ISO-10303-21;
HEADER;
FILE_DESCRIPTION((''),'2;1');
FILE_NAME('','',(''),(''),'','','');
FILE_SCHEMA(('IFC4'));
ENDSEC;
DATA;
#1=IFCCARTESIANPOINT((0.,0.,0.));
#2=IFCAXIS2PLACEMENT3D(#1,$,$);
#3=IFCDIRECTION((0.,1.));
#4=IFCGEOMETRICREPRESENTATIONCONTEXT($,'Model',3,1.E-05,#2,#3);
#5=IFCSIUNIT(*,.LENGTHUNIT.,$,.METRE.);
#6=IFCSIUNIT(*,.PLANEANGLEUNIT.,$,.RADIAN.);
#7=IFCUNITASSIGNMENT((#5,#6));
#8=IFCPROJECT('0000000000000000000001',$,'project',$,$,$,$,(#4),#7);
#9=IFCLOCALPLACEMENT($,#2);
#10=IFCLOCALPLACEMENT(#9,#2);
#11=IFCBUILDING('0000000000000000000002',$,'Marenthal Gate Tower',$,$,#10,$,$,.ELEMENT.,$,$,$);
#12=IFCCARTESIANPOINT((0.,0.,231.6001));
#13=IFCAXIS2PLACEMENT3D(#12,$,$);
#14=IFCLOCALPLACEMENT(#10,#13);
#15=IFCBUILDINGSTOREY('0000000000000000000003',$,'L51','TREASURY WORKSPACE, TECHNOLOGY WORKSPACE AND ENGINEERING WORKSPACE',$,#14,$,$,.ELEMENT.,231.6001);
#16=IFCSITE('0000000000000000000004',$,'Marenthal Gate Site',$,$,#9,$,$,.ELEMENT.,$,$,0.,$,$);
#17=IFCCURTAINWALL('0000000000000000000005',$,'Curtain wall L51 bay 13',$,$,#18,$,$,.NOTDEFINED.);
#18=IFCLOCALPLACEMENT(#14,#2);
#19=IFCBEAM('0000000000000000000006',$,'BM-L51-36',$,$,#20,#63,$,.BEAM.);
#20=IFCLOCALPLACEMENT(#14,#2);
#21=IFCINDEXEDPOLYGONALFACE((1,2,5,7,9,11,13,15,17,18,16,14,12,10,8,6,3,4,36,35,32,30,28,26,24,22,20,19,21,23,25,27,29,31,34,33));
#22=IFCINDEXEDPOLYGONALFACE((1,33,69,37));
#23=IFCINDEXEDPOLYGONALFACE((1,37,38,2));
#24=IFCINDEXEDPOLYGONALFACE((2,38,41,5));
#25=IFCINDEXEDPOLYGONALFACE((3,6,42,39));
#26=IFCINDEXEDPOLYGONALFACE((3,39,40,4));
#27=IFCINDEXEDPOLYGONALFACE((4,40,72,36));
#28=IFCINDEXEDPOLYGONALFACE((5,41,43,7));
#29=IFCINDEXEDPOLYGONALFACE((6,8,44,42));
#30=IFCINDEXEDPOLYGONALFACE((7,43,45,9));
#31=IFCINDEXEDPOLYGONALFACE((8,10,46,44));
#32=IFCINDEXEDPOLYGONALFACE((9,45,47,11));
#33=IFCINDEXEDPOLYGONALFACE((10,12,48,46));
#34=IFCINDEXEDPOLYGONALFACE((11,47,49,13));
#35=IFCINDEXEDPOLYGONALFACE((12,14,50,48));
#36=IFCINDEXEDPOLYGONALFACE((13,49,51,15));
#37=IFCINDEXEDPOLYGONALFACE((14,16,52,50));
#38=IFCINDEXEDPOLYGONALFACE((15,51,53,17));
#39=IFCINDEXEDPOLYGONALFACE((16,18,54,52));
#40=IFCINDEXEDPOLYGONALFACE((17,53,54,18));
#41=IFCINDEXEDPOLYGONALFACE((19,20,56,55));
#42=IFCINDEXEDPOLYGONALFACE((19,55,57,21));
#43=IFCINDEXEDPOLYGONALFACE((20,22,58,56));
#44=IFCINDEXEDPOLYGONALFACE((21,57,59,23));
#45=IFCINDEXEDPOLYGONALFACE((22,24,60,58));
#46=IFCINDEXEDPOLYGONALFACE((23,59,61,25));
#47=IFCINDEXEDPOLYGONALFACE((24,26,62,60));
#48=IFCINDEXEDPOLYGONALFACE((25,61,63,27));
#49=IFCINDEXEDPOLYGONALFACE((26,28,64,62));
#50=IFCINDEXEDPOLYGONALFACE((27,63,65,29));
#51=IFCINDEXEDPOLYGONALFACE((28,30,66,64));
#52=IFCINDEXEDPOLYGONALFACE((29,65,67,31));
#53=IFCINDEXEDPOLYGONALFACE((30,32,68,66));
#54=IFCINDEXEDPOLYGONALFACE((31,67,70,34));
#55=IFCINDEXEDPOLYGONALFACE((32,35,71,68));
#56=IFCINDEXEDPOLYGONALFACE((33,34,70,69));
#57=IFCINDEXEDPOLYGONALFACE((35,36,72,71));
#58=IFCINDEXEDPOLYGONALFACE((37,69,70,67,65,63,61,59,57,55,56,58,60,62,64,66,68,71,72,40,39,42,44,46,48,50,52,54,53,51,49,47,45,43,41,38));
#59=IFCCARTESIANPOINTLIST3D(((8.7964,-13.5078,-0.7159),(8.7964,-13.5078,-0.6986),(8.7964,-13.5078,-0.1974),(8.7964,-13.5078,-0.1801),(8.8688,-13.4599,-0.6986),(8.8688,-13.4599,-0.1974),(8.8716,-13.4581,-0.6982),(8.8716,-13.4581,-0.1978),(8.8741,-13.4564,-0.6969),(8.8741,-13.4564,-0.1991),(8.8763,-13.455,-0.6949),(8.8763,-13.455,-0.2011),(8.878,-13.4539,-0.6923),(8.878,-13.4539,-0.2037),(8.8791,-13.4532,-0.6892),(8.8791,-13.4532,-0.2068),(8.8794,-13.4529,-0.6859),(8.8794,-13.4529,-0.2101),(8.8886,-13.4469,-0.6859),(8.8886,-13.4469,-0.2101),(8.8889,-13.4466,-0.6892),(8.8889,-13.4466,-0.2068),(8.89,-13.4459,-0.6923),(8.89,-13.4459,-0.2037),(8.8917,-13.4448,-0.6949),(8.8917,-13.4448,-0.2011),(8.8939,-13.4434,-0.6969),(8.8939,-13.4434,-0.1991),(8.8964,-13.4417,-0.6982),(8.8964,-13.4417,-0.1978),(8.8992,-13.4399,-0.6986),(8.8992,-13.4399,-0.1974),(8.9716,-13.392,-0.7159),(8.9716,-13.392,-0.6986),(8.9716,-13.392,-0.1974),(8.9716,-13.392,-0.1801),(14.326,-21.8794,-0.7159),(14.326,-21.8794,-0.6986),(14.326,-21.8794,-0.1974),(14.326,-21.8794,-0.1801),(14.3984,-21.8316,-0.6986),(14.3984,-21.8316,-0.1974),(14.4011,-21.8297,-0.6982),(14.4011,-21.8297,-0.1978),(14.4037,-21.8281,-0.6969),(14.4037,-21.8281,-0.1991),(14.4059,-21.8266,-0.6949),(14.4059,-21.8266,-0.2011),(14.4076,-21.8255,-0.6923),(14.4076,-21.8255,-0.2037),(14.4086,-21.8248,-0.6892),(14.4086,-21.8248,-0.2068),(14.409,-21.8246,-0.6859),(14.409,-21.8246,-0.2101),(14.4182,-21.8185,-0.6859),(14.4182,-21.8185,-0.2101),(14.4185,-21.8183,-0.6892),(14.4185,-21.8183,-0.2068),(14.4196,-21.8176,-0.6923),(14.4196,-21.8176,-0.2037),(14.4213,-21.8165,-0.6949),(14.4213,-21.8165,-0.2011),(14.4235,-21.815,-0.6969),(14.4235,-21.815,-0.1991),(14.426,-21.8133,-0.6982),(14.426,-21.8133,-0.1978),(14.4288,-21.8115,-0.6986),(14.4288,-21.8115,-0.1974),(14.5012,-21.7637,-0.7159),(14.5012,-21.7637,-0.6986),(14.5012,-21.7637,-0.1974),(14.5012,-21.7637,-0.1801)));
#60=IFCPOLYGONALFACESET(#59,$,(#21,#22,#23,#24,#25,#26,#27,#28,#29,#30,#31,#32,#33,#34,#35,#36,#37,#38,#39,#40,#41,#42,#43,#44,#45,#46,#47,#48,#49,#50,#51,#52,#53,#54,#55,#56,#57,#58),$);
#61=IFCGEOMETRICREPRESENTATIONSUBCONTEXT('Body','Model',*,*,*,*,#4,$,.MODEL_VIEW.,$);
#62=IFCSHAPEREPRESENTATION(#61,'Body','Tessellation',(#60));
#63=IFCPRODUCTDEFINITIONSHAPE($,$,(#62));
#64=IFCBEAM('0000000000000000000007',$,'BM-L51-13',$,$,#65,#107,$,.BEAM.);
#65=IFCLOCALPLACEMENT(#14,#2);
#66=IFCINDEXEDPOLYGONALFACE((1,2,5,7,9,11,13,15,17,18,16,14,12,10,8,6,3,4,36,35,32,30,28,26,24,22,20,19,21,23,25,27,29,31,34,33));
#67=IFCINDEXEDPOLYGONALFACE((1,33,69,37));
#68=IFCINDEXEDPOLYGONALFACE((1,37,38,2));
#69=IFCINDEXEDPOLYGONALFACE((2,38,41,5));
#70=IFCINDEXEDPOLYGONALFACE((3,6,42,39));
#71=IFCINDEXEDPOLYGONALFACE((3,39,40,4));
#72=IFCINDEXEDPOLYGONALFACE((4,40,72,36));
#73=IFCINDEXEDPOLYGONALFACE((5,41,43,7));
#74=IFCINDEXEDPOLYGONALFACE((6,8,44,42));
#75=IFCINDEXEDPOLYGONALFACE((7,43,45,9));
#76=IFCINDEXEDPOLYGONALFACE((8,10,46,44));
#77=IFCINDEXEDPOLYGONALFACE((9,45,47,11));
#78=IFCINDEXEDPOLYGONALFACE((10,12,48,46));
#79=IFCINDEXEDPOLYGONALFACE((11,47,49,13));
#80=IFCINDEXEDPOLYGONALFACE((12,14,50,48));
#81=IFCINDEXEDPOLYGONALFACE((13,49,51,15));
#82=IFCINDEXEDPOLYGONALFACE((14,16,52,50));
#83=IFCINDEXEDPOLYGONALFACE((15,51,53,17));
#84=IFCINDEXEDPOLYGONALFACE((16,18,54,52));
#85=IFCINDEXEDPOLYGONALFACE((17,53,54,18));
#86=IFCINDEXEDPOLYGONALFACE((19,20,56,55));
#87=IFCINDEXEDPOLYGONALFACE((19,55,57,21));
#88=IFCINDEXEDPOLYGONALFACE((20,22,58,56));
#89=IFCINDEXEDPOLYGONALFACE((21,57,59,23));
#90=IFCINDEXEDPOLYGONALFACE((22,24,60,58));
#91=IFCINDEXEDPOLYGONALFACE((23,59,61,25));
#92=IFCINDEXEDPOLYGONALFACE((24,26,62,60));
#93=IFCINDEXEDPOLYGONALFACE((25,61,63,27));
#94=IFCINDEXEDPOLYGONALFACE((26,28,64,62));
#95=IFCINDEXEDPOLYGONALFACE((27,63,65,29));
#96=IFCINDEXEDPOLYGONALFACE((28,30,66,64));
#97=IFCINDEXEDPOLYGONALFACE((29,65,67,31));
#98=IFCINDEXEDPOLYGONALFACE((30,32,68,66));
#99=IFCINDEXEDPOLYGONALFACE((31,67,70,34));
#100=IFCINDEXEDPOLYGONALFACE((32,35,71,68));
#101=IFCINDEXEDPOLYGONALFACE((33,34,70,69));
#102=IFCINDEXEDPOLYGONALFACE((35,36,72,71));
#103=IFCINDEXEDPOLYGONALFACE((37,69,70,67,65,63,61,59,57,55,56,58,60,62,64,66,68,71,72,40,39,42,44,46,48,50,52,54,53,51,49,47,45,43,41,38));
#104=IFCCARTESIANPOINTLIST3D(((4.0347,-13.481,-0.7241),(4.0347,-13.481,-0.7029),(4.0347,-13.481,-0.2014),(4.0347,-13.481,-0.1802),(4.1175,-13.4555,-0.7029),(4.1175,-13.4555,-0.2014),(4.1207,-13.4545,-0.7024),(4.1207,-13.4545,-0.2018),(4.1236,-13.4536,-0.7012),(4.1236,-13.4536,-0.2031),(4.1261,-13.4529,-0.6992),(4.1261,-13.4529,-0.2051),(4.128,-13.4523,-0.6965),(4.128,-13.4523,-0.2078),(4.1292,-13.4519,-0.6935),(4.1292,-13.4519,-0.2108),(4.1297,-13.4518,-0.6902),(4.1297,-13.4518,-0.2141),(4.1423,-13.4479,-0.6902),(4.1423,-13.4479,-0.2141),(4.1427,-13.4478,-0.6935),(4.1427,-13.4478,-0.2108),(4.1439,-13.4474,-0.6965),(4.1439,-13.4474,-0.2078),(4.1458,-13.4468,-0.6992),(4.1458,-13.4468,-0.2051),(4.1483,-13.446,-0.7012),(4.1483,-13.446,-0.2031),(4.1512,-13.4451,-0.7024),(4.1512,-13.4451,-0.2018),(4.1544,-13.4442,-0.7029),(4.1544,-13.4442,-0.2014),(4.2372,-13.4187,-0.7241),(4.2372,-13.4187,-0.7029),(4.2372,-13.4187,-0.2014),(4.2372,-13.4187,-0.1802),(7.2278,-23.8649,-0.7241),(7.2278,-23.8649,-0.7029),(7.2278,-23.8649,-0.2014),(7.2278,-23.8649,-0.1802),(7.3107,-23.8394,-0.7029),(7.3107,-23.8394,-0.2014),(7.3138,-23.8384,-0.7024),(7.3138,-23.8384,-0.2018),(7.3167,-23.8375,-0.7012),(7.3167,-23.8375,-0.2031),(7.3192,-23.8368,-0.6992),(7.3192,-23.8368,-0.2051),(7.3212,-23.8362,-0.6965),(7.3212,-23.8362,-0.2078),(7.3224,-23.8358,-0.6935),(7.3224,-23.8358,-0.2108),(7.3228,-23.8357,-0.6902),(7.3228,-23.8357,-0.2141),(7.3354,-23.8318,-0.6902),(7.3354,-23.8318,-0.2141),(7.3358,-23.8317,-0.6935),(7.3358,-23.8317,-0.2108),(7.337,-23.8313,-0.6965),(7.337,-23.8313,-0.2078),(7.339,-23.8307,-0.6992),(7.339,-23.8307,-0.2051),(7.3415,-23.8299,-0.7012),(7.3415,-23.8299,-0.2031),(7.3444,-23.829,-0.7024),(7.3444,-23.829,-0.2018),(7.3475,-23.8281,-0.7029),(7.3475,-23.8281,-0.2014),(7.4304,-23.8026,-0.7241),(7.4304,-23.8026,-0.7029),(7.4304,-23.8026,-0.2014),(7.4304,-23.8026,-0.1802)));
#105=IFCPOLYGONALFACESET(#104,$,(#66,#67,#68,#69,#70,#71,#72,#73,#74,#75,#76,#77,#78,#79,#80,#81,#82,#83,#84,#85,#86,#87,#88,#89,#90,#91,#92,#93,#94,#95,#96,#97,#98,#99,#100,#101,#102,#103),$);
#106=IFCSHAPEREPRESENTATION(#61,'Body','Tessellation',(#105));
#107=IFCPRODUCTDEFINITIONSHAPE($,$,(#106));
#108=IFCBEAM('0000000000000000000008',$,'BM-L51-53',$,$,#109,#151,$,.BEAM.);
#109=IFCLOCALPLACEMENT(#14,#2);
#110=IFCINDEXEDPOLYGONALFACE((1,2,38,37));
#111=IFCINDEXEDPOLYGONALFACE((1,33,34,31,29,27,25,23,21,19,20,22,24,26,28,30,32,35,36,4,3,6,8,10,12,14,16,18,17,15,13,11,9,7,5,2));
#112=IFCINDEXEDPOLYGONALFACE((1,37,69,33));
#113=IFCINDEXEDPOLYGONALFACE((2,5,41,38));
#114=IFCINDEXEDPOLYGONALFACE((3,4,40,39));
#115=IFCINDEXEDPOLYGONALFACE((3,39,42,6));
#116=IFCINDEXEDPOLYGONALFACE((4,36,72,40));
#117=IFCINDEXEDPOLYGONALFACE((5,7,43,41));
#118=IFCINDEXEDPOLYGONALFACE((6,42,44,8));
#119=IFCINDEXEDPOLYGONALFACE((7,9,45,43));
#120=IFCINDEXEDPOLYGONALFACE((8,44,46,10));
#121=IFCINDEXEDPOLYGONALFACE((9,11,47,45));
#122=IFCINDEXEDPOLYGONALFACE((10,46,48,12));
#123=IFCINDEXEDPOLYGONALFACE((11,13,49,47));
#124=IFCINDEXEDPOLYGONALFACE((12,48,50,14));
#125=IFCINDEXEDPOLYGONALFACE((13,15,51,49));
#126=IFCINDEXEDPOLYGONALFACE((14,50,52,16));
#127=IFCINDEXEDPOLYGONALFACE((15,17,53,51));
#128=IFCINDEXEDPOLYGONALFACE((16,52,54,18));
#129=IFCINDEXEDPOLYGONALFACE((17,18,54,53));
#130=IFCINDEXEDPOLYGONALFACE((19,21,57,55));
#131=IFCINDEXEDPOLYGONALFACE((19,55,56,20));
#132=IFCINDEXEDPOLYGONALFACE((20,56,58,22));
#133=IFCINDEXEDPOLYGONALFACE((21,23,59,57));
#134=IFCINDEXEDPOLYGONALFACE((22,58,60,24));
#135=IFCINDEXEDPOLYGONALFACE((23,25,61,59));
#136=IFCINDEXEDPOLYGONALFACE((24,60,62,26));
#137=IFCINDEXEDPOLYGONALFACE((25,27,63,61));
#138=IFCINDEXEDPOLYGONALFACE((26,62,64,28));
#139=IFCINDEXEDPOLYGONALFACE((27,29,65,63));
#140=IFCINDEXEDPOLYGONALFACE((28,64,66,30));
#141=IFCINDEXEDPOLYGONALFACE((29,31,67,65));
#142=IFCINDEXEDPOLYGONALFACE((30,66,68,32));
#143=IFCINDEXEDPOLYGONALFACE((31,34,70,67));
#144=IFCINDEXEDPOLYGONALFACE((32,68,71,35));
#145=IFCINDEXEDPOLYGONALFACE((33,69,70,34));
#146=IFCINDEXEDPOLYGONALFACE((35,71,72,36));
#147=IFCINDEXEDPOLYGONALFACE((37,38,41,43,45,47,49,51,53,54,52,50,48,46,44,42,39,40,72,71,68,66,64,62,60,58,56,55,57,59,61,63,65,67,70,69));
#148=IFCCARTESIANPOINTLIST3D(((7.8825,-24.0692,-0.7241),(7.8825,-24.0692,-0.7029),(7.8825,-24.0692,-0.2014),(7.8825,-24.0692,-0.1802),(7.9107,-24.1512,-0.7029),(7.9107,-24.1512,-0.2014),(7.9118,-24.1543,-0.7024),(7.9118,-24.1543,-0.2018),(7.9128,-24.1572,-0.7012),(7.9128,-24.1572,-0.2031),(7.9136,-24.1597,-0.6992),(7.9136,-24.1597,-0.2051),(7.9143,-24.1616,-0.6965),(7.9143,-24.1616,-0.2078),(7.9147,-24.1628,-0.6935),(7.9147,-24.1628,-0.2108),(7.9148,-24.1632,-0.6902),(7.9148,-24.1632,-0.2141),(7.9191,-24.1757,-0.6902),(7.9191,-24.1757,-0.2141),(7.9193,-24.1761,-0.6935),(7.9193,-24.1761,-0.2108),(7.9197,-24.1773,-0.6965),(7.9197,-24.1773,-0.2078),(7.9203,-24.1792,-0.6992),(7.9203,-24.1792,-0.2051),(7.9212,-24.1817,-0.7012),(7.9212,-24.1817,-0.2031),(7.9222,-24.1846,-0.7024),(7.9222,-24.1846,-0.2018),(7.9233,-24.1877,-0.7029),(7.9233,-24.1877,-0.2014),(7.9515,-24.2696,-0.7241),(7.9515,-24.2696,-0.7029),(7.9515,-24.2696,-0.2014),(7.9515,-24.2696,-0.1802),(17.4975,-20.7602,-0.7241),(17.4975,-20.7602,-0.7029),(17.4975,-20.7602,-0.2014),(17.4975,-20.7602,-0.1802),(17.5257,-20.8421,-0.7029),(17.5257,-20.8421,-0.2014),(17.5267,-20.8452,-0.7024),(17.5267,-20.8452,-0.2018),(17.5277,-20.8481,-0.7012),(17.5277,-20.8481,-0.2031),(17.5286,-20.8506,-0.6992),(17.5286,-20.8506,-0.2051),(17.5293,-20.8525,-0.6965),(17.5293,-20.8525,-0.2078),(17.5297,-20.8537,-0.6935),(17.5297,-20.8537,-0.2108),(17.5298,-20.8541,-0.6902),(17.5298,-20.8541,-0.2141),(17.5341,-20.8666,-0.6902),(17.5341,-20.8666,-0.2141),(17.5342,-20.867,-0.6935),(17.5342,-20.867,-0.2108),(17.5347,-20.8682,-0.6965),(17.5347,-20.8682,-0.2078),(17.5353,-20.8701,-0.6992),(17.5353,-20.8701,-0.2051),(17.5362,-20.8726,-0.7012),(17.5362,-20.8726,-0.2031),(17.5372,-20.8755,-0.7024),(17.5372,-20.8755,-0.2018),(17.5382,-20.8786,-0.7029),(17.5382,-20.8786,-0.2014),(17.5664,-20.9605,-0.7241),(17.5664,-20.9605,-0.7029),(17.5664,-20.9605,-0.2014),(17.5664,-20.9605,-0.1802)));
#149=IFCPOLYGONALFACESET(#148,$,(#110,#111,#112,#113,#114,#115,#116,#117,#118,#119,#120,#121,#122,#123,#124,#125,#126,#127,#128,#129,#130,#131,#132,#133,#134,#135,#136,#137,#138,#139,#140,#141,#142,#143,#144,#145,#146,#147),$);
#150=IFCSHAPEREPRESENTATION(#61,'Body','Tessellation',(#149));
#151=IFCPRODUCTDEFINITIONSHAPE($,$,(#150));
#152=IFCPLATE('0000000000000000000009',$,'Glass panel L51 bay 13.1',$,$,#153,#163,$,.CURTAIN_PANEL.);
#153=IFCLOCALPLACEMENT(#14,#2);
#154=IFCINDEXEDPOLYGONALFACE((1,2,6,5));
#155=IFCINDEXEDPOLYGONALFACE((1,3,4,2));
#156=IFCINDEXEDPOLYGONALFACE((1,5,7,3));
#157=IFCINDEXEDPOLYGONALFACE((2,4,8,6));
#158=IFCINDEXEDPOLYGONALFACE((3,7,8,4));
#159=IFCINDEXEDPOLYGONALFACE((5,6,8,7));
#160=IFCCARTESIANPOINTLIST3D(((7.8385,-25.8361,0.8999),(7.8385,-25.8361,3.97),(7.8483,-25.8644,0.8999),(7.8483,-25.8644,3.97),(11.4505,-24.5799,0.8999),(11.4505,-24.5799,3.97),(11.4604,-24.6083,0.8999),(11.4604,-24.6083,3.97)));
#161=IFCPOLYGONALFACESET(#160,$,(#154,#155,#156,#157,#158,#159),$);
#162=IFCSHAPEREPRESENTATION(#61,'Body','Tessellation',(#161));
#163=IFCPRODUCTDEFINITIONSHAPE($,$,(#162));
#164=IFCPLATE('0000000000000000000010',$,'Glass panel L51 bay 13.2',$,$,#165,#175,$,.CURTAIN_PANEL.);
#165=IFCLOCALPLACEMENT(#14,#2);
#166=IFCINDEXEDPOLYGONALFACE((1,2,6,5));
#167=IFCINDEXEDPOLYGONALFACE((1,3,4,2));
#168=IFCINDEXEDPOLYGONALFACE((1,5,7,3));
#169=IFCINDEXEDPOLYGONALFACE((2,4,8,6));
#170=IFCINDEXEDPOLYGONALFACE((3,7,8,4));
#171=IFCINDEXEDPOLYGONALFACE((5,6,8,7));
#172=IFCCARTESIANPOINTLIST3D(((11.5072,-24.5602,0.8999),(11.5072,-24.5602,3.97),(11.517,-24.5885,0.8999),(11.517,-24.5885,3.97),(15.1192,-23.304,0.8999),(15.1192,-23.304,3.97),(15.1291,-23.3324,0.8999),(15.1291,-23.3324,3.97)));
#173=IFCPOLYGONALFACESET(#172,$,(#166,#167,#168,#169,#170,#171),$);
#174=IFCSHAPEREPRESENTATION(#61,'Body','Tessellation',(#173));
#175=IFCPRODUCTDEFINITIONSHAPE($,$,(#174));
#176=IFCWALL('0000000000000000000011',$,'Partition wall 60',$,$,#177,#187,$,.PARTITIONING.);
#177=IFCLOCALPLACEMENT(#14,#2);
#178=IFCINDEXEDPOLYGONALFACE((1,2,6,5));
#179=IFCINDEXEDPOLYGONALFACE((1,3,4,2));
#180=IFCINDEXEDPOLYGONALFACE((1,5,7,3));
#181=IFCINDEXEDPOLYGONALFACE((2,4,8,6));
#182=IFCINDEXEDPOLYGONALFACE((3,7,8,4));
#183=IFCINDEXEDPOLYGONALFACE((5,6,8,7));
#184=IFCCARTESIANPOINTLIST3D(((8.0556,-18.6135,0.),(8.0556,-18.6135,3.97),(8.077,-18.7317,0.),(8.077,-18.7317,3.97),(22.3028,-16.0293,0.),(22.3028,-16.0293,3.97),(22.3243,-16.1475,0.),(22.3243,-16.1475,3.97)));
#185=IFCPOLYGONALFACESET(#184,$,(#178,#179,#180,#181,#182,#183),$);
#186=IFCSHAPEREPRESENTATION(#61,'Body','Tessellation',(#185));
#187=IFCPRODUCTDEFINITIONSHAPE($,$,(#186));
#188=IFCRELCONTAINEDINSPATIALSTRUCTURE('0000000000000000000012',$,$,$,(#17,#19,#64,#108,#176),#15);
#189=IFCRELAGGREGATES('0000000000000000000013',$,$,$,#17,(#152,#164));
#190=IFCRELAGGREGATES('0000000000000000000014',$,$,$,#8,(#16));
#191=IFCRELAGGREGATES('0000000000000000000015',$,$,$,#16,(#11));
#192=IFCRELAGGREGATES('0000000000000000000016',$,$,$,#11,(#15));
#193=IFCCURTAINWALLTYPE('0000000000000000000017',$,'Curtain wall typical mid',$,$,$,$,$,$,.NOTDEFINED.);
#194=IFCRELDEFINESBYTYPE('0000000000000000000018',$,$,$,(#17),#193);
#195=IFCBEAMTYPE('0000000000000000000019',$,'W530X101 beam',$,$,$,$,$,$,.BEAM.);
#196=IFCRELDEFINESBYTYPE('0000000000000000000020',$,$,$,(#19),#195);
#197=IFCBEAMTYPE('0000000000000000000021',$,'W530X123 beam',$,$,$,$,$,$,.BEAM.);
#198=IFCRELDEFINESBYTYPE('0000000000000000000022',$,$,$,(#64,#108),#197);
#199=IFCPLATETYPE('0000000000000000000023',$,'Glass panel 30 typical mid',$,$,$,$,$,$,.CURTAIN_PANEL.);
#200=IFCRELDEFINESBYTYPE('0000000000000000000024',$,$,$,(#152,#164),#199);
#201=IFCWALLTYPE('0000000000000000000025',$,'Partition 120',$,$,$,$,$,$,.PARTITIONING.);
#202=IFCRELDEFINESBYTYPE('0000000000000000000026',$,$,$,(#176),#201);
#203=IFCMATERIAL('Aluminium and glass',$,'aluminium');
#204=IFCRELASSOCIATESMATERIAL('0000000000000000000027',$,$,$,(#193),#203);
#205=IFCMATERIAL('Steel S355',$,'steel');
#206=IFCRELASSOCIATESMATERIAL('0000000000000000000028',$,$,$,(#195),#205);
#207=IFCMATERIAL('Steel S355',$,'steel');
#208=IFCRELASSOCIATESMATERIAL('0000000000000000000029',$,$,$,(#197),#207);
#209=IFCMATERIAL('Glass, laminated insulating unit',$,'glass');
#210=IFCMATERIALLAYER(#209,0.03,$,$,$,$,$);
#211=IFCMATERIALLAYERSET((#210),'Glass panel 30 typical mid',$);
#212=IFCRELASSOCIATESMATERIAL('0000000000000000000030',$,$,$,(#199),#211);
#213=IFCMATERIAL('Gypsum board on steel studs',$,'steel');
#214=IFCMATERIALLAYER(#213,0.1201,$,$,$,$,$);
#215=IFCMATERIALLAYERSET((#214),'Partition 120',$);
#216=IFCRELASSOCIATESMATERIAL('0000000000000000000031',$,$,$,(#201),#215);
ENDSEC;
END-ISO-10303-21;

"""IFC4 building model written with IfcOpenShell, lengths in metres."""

from ifc_helpers import new_model, si_unit, direction, frame, frame_2d, origin, origin_2d, place, context, subcontext, project, spatial, rectangle, i_section, extrude, material, layer, layer_set, material_profile, profile_set, type_object, element, aggregate, save


model = new_model("IFC4")

# Units and contexts
model_context = context("Model", 3, precision=1e-05, world=origin(), true_north=direction((0.0, 1.0)))
body_context = subcontext(model_context, "Body", "Model", "MODEL_VIEW")
ifc_project = project(units=[si_unit("LENGTHUNIT", "METRE"), si_unit("PLANEANGLEUNIT", "RADIAN")], contexts=[model_context])

# Site, building, storey
site_placement = place(None, origin())
site = spatial("IfcSite", under=ifc_project, at=site_placement, Name="Marenthal Gate Site", CompositionType="ELEMENT", RefElevation=0.0)
building_placement = place(site_placement, origin())
building = spatial("IfcBuilding", under=site, at=building_placement, Name="Marenthal Gate Tower", CompositionType="ELEMENT")
storey_placement = place(building_placement, frame((0.0, 0.0, 231.6001)))
storey = spatial("IfcBuildingStorey", under=building, at=storey_placement, Name="L51", Description="TREASURY WORKSPACE, TECHNOLOGY WORKSPACE AND ENGINEERING WORKSPACE", CompositionType="ELEMENT", Elevation=231.6001)

# Curtain wall
ifc_material_1 = material(Name="Aluminium and glass", Category="aluminium")
curtain_wall_type = type_object("IfcCurtainWallType", Name="Curtain wall typical mid", PredefinedType="NOTDEFINED", material=ifc_material_1)
curtain_wall_placement = place(storey_placement, origin())
curtain_wall = element("IfcCurtainWall", 1, at=curtain_wall_placement, inside=storey, type_object=curtain_wall_type, Name="Curtain wall L51 bay 13", PredefinedType="NOTDEFINED")

# Beams
ifc_material_2 = material(Name="Steel S355", Category="steel")
ifc_material_profile_1 = material_profile(ifc_material_2, i_section(OverallWidth=0.21, OverallDepth=0.5359, WebThickness=0.011, FlangeThickness=0.0173, FilletRadius=0.0127, at=origin_2d()), Name="W530X101")
ifc_profile_set_1 = profile_set([ifc_material_profile_1], Name="Steel S355")
beam_type_1 = type_object("IfcBeamType", Name="W530X101 beam", PredefinedType="BEAM", material=ifc_profile_set_1)
beam_1_placement = place(storey_placement, frame((14.4136, -21.8215, -0.448), z_axis=(-0.551141, 0.834412, 0.0), x_axis=(-0.834412, -0.551141, 0.0)))
element("IfcBeam", 2, at=beam_1_placement, inside=storey, type_object=beam_type_1, Name="BM-L51-36", PredefinedType="BEAM", context=body_context, shape_type="SweptSolid", body=[
    extrude(i_section(OverallWidth=0.21, OverallDepth=0.5359, WebThickness=0.011, FlangeThickness=0.0173, FilletRadius=0.0127, at=origin_2d()), origin(), (0.0, 0.0, 1.0), 10.033),
])
ifc_material_3 = material(Name="Steel S355", Category="steel")
ifc_material_profile_2 = material_profile(ifc_material_3, i_section(OverallWidth=0.2119, OverallDepth=0.5439, WebThickness=0.0132, FlangeThickness=0.0212, FilletRadius=0.0127, at=origin_2d()), Name="W530X123")
ifc_profile_set_2 = profile_set([ifc_material_profile_2], Name="Steel S355")
beam_type_2 = type_object("IfcBeamType", Name="W530X123 beam", PredefinedType="BEAM", material=ifc_profile_set_2)
beam_2_placement = place(storey_placement, frame((7.3291, -23.8337, -0.4521), z_axis=(-0.293926, 0.955828, 0.0), x_axis=(-0.955828, -0.293926, 0.0)))
element("IfcBeam", 3, at=beam_2_placement, inside=storey, type_object=beam_type_2, Name="BM-L51-13", PredefinedType="BEAM", context=body_context, shape_type="SweptSolid", body=[
    extrude(i_section(OverallWidth=0.2119, OverallDepth=0.5439, WebThickness=0.0132, FlangeThickness=0.0212, FilletRadius=0.0127, at=origin_2d()), origin(), (0.0, 0.0, 1.0), 10.8638),
])
beam_3_placement = place(storey_placement, frame((7.917, -24.1694, -0.4521), z_axis=(0.945568, 0.325425, 0.0), x_axis=(-0.325425, 0.945568, 0.0)))
element("IfcBeam", 4, at=beam_3_placement, inside=storey, type_object=beam_type_2, Name="BM-L51-53", PredefinedType="BEAM", context=body_context, shape_type="SweptSolid", body=[
    extrude(i_section(OverallWidth=0.2119, OverallDepth=0.5439, WebThickness=0.0132, FlangeThickness=0.0212, FilletRadius=0.0127, at=origin_2d()), origin(), (0.0, 0.0, 1.0), 10.1685),
])

# Plates
ifc_material_4 = material(Name="Glass, laminated insulating unit", Category="glass")
ifc_layer_1 = layer(ifc_material_4, 0.03)
ifc_layer_set_1 = layer_set([ifc_layer_1], Name="Glass panel 30 typical mid")
plate_type = type_object("IfcPlateType", Name="Glass panel 30 typical mid", PredefinedType="CURTAIN_PANEL", material=ifc_layer_set_1)
plate_1_placement = place(storey_placement, frame((9.6494, -25.2222, 0.8999), z_axis=(0.0, 0.0, 1.0), x_axis=(0.944515, 0.328468, 0.0)))
plate_1 = element("IfcPlate", 5, at=plate_1_placement, type_object=plate_type, Name="Glass panel L51 bay 13.1", PredefinedType="CURTAIN_PANEL", context=body_context, shape_type="SweptSolid", body=[
    extrude(rectangle(XDim=3.8242, YDim=0.03, at=origin_2d()), origin(), (0.0, 0.0, 1.0), 3.0701),
])
plate_2_placement = place(storey_placement, frame((13.3181, -23.9463, 0.8999), z_axis=(0.0, 0.0, 1.0), x_axis=(0.944515, 0.328468, 0.0)))
plate_2 = element("IfcPlate", 6, at=plate_2_placement, type_object=plate_type, Name="Glass panel L51 bay 13.2", PredefinedType="CURTAIN_PANEL", context=body_context, shape_type="SweptSolid", body=[
    extrude(rectangle(XDim=3.8242, YDim=0.03, at=origin_2d()), origin(), (0.0, 0.0, 1.0), 3.0701),
])
aggregate(curtain_wall, [plate_1, plate_2])

# Wall
ifc_material_5 = material(Name="Gypsum board on steel studs", Category="steel")
ifc_layer_2 = layer(ifc_material_5, 0.1201)
ifc_layer_set_2 = layer_set([ifc_layer_2], Name="Partition 120")
wall_type = type_object("IfcWallType", Name="Partition 120", PredefinedType="PARTITIONING", material=ifc_layer_set_2)
wall_placement = place(storey_placement, frame((8.0664, -18.6726, 0.0), z_axis=(0.0, 0.0, 1.0), x_axis=(0.983945, 0.178471, 0.0)))
element("IfcWall", 7, at=wall_placement, inside=storey, type_object=wall_type, Name="Partition wall 60", PredefinedType="PARTITIONING", context=body_context, shape_type="SweptSolid", body=[
    extrude(rectangle(XDim=14.4797, YDim=0.1201, at=frame_2d((7.2397, 0.0))), origin(), (0.0, 0.0, 1.0), 3.97),
])

save(model, "model.ifc")
